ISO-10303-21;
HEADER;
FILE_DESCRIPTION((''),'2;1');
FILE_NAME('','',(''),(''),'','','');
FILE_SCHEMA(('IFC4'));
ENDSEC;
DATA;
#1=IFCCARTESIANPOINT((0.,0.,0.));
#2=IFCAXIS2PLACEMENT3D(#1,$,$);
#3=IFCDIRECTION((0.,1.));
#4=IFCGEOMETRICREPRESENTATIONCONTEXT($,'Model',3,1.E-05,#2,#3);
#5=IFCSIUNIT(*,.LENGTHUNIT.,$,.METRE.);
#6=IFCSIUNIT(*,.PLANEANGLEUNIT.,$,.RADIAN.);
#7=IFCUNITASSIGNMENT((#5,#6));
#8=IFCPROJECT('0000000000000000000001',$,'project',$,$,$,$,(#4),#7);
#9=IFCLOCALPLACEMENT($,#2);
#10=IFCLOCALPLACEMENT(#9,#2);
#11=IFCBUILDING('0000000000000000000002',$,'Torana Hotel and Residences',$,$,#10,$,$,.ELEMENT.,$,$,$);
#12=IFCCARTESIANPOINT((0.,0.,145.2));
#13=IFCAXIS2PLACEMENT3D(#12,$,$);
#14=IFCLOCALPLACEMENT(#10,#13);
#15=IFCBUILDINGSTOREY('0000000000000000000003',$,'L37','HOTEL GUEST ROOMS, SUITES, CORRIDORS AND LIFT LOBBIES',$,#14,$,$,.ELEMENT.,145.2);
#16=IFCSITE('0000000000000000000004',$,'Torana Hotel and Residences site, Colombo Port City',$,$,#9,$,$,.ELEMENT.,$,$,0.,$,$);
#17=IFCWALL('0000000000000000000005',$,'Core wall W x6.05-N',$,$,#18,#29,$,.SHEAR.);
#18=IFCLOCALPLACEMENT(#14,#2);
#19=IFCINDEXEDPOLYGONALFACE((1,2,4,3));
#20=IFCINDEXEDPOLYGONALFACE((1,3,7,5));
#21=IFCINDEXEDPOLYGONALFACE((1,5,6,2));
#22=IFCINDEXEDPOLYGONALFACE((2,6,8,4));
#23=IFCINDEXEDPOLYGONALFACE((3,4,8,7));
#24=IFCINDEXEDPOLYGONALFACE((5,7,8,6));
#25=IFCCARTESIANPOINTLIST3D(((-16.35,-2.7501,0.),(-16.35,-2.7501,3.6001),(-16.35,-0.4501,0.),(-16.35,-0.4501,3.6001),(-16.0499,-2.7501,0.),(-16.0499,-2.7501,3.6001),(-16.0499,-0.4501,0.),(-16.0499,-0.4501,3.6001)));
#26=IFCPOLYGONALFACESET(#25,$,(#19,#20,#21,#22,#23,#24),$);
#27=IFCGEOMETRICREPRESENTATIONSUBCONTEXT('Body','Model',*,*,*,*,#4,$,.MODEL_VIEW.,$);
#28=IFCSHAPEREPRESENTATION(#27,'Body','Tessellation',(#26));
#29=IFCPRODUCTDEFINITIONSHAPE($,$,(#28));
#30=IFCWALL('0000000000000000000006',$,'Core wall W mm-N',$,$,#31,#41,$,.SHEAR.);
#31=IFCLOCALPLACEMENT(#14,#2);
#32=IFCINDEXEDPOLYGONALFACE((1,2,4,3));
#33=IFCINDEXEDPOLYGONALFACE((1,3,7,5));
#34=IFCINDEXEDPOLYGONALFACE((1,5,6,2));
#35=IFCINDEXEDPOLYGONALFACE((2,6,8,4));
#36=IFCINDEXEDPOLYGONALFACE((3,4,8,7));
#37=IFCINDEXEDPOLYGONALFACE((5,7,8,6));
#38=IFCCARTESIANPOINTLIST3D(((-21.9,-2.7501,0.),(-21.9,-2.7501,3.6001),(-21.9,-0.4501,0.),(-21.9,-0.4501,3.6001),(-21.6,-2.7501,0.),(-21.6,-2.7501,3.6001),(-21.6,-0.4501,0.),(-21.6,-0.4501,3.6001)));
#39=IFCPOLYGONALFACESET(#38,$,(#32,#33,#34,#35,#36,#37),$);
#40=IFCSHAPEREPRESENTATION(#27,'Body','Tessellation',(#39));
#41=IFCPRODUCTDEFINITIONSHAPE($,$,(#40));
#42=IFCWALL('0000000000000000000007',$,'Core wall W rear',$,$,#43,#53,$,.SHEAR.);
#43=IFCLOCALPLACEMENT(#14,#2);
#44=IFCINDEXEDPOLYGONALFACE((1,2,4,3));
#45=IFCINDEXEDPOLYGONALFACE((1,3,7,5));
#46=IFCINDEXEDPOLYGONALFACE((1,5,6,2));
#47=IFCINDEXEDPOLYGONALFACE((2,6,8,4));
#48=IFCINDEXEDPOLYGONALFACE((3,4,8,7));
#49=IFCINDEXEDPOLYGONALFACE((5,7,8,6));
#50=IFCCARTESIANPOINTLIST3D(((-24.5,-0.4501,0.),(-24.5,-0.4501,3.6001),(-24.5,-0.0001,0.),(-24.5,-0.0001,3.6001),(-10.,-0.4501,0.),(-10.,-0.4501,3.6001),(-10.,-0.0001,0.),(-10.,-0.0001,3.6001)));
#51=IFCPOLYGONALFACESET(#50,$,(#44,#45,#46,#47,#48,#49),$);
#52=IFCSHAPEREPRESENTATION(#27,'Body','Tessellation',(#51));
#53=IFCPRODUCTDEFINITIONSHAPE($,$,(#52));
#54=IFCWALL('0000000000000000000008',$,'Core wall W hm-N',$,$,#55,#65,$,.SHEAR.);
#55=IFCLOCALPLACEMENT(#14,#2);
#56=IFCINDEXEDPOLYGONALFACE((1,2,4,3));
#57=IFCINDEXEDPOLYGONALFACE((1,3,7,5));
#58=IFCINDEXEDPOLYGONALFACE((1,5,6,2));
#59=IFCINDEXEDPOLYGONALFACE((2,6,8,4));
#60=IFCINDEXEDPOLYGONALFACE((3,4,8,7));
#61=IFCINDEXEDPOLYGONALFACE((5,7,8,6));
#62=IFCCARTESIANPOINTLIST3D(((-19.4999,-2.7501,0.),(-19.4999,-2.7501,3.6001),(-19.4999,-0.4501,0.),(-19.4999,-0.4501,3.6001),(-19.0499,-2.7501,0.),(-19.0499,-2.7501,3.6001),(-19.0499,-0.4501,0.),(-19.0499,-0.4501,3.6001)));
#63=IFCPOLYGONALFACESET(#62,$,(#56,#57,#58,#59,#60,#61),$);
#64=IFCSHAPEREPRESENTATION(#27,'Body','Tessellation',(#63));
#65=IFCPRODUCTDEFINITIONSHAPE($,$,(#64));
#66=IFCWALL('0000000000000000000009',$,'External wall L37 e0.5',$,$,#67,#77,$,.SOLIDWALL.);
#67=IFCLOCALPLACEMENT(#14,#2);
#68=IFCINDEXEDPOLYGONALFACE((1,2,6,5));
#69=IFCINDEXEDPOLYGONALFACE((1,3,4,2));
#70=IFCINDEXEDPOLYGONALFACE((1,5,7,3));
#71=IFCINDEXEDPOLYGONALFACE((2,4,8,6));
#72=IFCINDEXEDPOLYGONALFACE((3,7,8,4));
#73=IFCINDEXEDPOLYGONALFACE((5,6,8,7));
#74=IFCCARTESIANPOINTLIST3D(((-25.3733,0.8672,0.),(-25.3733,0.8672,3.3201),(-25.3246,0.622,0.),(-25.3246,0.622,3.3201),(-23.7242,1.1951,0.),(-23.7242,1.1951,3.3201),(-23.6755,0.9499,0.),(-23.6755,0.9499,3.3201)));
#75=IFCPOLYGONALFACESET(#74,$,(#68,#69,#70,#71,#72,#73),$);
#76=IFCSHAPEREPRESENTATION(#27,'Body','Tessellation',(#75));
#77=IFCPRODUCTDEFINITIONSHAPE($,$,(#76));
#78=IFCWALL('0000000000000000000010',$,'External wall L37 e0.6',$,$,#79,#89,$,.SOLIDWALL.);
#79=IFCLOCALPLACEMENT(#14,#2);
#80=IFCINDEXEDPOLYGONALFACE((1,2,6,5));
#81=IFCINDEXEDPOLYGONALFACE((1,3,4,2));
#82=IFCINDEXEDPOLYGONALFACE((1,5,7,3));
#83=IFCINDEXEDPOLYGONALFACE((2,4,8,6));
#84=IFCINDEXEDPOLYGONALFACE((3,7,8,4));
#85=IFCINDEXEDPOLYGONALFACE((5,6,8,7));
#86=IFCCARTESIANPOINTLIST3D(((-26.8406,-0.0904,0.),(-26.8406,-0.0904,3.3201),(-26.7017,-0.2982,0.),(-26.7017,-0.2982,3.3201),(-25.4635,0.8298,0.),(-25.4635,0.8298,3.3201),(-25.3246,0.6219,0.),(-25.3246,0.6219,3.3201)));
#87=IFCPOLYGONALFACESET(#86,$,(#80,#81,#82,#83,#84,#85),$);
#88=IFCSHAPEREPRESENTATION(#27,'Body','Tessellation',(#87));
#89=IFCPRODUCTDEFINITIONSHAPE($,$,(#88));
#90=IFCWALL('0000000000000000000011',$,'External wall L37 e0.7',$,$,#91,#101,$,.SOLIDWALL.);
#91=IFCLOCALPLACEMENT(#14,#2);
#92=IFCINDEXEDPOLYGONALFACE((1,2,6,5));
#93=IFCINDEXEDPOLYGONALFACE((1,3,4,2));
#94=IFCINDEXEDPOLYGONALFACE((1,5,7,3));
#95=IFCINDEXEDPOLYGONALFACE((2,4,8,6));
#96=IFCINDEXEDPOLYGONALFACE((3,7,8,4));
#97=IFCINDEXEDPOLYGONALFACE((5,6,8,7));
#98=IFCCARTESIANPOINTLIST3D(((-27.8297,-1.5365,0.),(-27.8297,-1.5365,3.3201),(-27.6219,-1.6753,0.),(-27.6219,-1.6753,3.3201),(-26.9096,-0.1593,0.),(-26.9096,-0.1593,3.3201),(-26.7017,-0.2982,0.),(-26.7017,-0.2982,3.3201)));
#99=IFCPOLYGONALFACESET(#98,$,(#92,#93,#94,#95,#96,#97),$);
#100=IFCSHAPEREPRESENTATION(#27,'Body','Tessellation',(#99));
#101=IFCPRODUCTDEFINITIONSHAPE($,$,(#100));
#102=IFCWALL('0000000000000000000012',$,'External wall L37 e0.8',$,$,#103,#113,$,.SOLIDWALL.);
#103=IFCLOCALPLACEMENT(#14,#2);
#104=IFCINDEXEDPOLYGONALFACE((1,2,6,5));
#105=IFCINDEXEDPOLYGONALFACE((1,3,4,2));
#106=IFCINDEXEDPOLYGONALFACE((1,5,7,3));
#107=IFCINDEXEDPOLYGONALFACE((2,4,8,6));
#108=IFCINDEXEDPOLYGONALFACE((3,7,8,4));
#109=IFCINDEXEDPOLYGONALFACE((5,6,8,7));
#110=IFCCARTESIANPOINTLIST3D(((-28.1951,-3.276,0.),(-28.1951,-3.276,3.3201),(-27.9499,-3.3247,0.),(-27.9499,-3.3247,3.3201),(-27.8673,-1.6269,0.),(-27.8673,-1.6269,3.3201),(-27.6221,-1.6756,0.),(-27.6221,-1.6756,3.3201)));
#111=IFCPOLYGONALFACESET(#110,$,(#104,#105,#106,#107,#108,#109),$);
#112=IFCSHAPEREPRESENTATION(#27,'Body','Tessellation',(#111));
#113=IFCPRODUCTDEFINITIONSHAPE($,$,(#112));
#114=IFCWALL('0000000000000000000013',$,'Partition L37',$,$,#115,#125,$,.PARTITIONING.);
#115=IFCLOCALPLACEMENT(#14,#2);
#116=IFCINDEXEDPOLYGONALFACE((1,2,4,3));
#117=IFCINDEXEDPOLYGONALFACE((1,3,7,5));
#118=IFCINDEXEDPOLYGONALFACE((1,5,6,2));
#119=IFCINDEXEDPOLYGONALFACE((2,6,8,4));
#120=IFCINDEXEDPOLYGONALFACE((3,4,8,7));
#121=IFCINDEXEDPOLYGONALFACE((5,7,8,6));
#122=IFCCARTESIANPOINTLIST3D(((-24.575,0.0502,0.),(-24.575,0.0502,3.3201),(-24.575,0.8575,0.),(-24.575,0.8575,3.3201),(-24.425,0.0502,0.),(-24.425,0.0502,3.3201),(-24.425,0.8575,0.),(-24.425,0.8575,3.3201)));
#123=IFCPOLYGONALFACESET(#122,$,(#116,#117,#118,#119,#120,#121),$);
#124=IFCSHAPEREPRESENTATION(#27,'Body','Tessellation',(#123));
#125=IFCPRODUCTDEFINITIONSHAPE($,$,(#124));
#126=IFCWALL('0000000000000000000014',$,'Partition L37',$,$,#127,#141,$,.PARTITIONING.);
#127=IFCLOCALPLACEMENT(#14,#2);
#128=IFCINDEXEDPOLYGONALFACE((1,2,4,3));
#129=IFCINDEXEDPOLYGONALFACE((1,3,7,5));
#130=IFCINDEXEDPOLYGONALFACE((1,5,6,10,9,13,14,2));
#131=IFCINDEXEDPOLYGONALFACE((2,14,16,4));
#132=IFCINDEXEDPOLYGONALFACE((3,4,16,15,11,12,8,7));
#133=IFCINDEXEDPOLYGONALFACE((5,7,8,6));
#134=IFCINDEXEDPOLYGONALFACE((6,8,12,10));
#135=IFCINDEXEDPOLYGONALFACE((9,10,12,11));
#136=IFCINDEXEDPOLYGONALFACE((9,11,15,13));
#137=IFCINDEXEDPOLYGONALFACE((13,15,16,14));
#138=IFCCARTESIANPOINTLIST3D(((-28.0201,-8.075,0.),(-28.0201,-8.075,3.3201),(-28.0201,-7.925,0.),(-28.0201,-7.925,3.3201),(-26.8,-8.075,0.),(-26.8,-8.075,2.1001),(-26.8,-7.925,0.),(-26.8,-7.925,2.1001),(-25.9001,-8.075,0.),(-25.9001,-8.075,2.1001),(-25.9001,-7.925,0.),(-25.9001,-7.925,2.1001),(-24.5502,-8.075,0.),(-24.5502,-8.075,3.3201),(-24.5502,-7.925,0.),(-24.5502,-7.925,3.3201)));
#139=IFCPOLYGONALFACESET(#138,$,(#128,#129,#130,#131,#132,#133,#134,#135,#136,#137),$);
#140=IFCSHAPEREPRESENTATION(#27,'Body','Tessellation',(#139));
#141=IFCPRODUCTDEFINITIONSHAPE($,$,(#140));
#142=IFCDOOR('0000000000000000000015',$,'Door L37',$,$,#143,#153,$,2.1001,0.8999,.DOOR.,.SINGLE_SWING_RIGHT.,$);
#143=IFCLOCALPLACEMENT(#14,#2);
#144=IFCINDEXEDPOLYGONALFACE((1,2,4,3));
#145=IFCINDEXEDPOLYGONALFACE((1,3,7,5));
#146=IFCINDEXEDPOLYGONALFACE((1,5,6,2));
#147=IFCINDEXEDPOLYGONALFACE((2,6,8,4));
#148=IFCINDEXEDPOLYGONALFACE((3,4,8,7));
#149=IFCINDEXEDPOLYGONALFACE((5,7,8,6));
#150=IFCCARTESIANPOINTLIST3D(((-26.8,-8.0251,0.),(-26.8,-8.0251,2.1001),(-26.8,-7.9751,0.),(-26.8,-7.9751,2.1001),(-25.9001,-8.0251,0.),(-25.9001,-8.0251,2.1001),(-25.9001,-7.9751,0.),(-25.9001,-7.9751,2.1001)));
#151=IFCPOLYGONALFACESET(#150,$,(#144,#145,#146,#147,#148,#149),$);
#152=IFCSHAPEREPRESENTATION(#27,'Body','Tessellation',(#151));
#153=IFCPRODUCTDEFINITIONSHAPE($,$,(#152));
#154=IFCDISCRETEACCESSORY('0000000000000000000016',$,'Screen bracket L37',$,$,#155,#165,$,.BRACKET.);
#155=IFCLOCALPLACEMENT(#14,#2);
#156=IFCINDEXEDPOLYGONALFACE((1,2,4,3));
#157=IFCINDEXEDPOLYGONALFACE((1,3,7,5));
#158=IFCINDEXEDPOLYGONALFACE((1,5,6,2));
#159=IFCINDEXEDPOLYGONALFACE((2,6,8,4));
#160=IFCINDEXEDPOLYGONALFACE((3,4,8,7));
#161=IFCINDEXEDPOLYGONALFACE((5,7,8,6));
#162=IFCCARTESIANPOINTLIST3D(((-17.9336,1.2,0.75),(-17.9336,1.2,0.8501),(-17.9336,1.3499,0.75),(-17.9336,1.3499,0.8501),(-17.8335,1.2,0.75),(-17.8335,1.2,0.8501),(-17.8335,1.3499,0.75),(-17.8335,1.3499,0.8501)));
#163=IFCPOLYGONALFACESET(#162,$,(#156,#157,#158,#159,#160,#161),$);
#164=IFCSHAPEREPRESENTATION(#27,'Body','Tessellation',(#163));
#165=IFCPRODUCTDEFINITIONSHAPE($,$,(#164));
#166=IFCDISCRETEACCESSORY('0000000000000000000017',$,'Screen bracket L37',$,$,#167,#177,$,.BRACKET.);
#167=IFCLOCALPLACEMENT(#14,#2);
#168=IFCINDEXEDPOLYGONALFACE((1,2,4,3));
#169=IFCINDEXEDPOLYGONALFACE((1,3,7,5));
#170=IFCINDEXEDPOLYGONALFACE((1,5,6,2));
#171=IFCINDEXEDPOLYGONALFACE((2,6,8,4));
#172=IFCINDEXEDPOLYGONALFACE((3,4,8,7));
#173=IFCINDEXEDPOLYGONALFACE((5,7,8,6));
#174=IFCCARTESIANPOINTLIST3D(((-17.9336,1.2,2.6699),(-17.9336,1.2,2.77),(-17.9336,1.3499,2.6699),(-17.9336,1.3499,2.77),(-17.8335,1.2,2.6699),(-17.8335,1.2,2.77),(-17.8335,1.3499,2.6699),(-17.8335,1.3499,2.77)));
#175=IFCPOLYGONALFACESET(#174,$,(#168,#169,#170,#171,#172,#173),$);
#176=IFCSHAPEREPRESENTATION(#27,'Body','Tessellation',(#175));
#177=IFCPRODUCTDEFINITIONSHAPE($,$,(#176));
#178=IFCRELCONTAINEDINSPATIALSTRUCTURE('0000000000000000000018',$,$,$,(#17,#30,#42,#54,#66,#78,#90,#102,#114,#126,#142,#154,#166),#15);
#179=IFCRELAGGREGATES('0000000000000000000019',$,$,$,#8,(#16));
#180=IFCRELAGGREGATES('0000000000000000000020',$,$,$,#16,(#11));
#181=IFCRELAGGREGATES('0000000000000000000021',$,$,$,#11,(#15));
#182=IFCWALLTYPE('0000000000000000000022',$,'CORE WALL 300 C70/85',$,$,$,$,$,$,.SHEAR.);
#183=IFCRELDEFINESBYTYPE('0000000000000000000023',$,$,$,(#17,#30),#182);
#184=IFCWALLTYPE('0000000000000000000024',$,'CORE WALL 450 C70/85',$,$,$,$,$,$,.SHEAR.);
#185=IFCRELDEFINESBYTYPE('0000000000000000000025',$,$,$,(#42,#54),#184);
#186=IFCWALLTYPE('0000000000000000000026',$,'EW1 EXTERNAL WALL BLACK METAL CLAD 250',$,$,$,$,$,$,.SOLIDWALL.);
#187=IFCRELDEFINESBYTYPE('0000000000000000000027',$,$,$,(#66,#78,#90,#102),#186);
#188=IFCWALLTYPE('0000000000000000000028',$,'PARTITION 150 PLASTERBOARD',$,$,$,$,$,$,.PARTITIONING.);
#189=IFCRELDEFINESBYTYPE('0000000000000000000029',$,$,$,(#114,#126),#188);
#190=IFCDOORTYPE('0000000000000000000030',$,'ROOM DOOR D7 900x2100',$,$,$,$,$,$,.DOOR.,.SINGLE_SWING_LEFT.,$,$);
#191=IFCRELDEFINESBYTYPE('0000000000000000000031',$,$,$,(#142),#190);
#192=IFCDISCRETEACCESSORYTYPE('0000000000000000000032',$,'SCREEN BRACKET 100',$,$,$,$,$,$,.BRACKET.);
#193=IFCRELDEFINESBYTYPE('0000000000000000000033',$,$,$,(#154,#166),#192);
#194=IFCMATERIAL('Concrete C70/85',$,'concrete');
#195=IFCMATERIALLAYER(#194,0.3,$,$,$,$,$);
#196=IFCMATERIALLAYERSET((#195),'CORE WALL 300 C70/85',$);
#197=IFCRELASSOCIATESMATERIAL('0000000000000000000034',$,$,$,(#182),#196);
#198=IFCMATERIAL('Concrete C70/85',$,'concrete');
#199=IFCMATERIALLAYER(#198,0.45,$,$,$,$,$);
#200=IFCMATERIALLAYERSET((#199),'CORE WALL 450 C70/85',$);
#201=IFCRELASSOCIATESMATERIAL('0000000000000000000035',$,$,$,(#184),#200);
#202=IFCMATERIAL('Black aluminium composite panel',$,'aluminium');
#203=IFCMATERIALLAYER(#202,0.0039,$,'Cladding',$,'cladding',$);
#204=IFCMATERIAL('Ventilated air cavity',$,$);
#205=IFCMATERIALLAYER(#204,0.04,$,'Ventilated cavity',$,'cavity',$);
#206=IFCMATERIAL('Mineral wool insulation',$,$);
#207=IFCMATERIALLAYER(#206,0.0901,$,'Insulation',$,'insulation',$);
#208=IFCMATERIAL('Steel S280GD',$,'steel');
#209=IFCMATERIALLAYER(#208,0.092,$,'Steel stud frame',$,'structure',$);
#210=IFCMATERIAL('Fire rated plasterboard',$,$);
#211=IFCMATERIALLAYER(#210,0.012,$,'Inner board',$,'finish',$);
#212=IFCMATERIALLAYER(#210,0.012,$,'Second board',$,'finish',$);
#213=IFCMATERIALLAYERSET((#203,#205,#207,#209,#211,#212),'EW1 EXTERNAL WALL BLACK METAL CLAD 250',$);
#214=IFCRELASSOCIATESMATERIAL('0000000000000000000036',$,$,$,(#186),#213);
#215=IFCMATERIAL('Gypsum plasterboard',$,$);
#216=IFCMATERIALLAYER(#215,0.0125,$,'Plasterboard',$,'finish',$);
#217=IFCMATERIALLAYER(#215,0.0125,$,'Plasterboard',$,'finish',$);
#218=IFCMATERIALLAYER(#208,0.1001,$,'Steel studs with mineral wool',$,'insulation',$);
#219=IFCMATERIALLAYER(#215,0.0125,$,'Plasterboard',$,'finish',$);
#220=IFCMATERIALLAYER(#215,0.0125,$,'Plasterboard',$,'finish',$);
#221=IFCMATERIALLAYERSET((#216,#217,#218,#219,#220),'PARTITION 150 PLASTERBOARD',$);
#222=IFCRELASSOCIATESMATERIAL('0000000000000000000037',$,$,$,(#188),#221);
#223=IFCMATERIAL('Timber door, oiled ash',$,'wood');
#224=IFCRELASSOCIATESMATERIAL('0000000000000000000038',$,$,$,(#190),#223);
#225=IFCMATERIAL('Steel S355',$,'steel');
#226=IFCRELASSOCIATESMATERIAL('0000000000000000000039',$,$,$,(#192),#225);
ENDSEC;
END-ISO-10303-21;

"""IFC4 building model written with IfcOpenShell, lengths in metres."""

from ifc_helpers import new_model, si_unit, direction, frame, frame_2d, origin, origin_2d, place, context, subcontext, project, spatial, rectangle, extrude, material, layer, layer_set, type_object, element, fill, save


model = new_model("IFC4")

# Units and contexts
model_context = context("Model", 3, precision=1e-05, world=origin(), true_north=direction((0.0, 1.0)))
body_context = subcontext(model_context, "Body", "Model", "MODEL_VIEW")
ifc_project = project(units=[si_unit("LENGTHUNIT", "METRE"), si_unit("PLANEANGLEUNIT", "RADIAN")], contexts=[model_context])

# Site, building, storey
site_placement = place(None, origin())
site = spatial("IfcSite", under=ifc_project, at=site_placement, Name="Torana Hotel and Residences site, Colombo Port City", CompositionType="ELEMENT", RefElevation=0.0)
building_placement = place(site_placement, origin())
building = spatial("IfcBuilding", under=site, at=building_placement, Name="Torana Hotel and Residences", CompositionType="ELEMENT")
storey_placement = place(building_placement, frame((0.0, 0.0, 145.2)))
storey = spatial("IfcBuildingStorey", under=building, at=storey_placement, Name="L37", Description="HOTEL GUEST ROOMS, SUITES, CORRIDORS AND LIFT LOBBIES", CompositionType="ELEMENT", Elevation=145.2)

# Shared definitions
ifc_material_1 = material(Name="Concrete C70/85", Category="concrete")
ifc_layer_1 = layer(ifc_material_1, 0.3)
ifc_layer_set_1 = layer_set([ifc_layer_1], Name="CORE WALL 300 C70/85")
wall_type_1 = type_object("IfcWallType", Name="CORE WALL 300 C70/85", PredefinedType="SHEAR", material=ifc_layer_set_1)

# Walls
for number, where, z_axis, x_axis, name in (
    (1, (-16.2, -2.75, 0.0), (0.0, 0.0, 1.0), (0.0, 1.0, 0.0), "Core wall W x6.05-N"),
    (2, (-21.75, -2.75, 0.0), (0.0, 0.0, 1.0), (0.0, 1.0, 0.0), "Core wall W mm-N"),
):
    element("IfcWall", number, at=place(storey_placement, frame(where, z_axis=z_axis, x_axis=x_axis)), inside=storey, type_object=wall_type_1, Name=name, PredefinedType="SHEAR", context=body_context, shape_type="SweptSolid", body=[
        extrude(rectangle(XDim=2.3, YDim=0.3, at=frame_2d((1.1499, 0.0))), origin(), (0.0, 0.0, 1.0), 3.6001),
    ])
ifc_material_2 = material(Name="Concrete C70/85", Category="concrete")
ifc_layer_2 = layer(ifc_material_2, 0.45)
ifc_layer_set_2 = layer_set([ifc_layer_2], Name="CORE WALL 450 C70/85")
wall_type_2 = type_object("IfcWallType", Name="CORE WALL 450 C70/85", PredefinedType="SHEAR", material=ifc_layer_set_2)
wall_1_placement = place(storey_placement, frame((-24.5, -0.2251, 0.0), z_axis=(0.0, 0.0, 1.0), x_axis=(1.0, 0.0, 0.0)))
element("IfcWall", 3, at=wall_1_placement, inside=storey, type_object=wall_type_2, Name="Core wall W rear", PredefinedType="SHEAR", context=body_context, shape_type="SweptSolid", body=[
    extrude(rectangle(XDim=14.5, YDim=0.45, at=frame_2d((7.25, 0.0))), origin(), (0.0, 0.0, 1.0), 3.6001),
])
wall_2_placement = place(storey_placement, frame((-19.2749, -2.75, 0.0), z_axis=(0.0, 0.0, 1.0), x_axis=(0.0, 1.0, 0.0)))
element("IfcWall", 4, at=wall_2_placement, inside=storey, type_object=wall_type_2, Name="Core wall W hm-N", PredefinedType="SHEAR", context=body_context, shape_type="SweptSolid", body=[
    extrude(rectangle(XDim=2.3, YDim=0.45, at=frame_2d((1.1499, 0.0))), origin(), (0.0, 0.0, 1.0), 3.6001),
])
ifc_material_3 = material(Name="Black aluminium composite panel", Category="aluminium")
ifc_layer_3 = layer(ifc_material_3, 0.0039, Name="Cladding", Category="cladding")
ifc_material_4 = material(Name="Ventilated air cavity")
ifc_layer_4 = layer(ifc_material_4, 0.04, Name="Ventilated cavity", Category="cavity")
ifc_material_5 = material(Name="Mineral wool insulation")
ifc_layer_5 = layer(ifc_material_5, 0.0901, Name="Insulation", Category="insulation")
ifc_material_6 = material(Name="Steel S280GD", Category="steel")
ifc_layer_6 = layer(ifc_material_6, 0.092, Name="Steel stud frame", Category="structure")
ifc_material_7 = material(Name="Fire rated plasterboard")
ifc_layer_7 = layer(ifc_material_7, 0.012, Name="Inner board", Category="finish")
ifc_layer_8 = layer(ifc_material_7, 0.012, Name="Second board", Category="finish")
ifc_layer_set_3 = layer_set([ifc_layer_3, ifc_layer_4, ifc_layer_5, ifc_layer_6, ifc_layer_7, ifc_layer_8], Name="EW1 EXTERNAL WALL BLACK METAL CLAD 250")
wall_type_3 = type_object("IfcWallType", Name="EW1 EXTERNAL WALL BLACK METAL CLAD 250", PredefinedType="SOLIDWALL", material=ifc_layer_set_3)
wall_3_placement = place(storey_placement, frame((-23.6997, 1.0725, 0.0), z_axis=(0.0, 0.0, 1.0), x_axis=(-0.980803, -0.194999, 0.0)))
element("IfcWall", 5, at=wall_3_placement, inside=storey, type_object=wall_type_3, Name="External wall L37 e0.5", PredefinedType="SOLIDWALL", context=body_context, shape_type="SweptSolid", body=[
    extrude(rectangle(XDim=1.6814, YDim=0.25, at=frame_2d((0.8408, 0.0))), origin(), (0.0, 0.0, 1.0), 3.3201),
])
for number, where, z_axis, x_axis, name in (
    (6, (-25.394, 0.7258, 0.0), (0.0, 0.0, 1.0), (-0.831483, -0.55555, 0.0), "External wall L37 e0.6"),
    (7, (-26.8057, -0.2288, 0.0), (0.0, 0.0, 1.0), (-0.55555, -0.831483, 0.0), "External wall L37 e0.7"),
):
    element("IfcWall", number, at=place(storey_placement, frame(where, z_axis=z_axis, x_axis=x_axis)), inside=storey, type_object=wall_type_3, Name=name, PredefinedType="SOLIDWALL", context=body_context, shape_type="SweptSolid", body=[
        extrude(rectangle(XDim=1.6562, YDim=0.25, at=frame_2d((0.8281, 0.0))), origin(), (0.0, 0.0, 1.0), 3.3201),
    ])
wall_4_placement = place(storey_placement, frame((-27.7446, -1.6511, 0.0), z_axis=(0.0, 0.0, 1.0), x_axis=(-0.194999, -0.980803, 0.0)))
element("IfcWall", 8, at=wall_4_placement, inside=storey, type_object=wall_type_3, Name="External wall L37 e0.8", PredefinedType="SOLIDWALL", context=body_context, shape_type="SweptSolid", body=[
    extrude(rectangle(XDim=1.6814, YDim=0.25, at=frame_2d((0.8408, 0.0))), origin(), (0.0, 0.0, 1.0), 3.3201),
])

# Wall
ifc_material_8 = material(Name="Gypsum plasterboard")
ifc_layer_9 = layer(ifc_material_8, 0.0125, Name="Plasterboard", Category="finish")
ifc_layer_10 = layer(ifc_material_8, 0.0125, Name="Plasterboard", Category="finish")
ifc_layer_11 = layer(ifc_material_6, 0.1001, Name="Steel studs with mineral wool", Category="insulation")
ifc_layer_12 = layer(ifc_material_8, 0.0125, Name="Plasterboard", Category="finish")
ifc_layer_13 = layer(ifc_material_8, 0.0125, Name="Plasterboard", Category="finish")
ifc_layer_set_4 = layer_set([ifc_layer_9, ifc_layer_10, ifc_layer_11, ifc_layer_12, ifc_layer_13], Name="PARTITION 150 PLASTERBOARD")
wall_type_4 = type_object("IfcWallType", Name="PARTITION 150 PLASTERBOARD", PredefinedType="PARTITIONING", material=ifc_layer_set_4)
wall_5_placement = place(storey_placement, frame((-24.5, 0.05, 0.0), z_axis=(0.0, 0.0, 1.0), x_axis=(0.0, 1.0, 0.0)))
element("IfcWall", 9, at=wall_5_placement, inside=storey, type_object=wall_type_4, Name="Partition L37", PredefinedType="PARTITIONING", context=body_context, shape_type="SweptSolid", body=[
    extrude(rectangle(XDim=0.8074, YDim=0.1499, at=frame_2d((0.4038, 0.0))), origin(), (0.0, 0.0, 1.0), 3.3201),
])

# Wall, opening, door
wall_6_placement = place(storey_placement, frame((-28.02, -8.0, 0.0), z_axis=(0.0, 0.0, 1.0), x_axis=(1.0, 0.0, 0.0)))
wall_6 = element("IfcWall", 10, at=wall_6_placement, inside=storey, type_object=wall_type_4, Name="Partition L37", PredefinedType="PARTITIONING", context=body_context, shape_type="SweptSolid", body=[
    extrude(rectangle(XDim=3.47, YDim=0.1499, at=frame_2d((1.7349, 0.0))), origin(), (0.0, 0.0, 1.0), 3.3201),
])
opening_1_placement = place(wall_6_placement, frame((1.22, 0.0, 0.0)))
opening_1 = element("IfcOpeningElement", 11, at=opening_1_placement, cuts=wall_6, PredefinedType="OPENING", context=body_context, shape_type="SweptSolid", body=[
    extrude(rectangle(XDim=0.8999, YDim=2.1001, at=frame_2d((0.45, 1.05))), frame((0.0, 0.085, 0.0), z_axis=(0.0, -1.0, 0.0), x_axis=(1.0, 0.0, 0.0)), (0.0, 0.0, 1.0), 0.1699),
])
ifc_material_9 = material(Name="Timber door, oiled ash", Category="wood")
door_type_1 = type_object("IfcDoorType", Name="ROOM DOOR D7 900x2100", OperationType="SINGLE_SWING_LEFT", PredefinedType="DOOR", material=ifc_material_9)
door_1_placement = place(opening_1_placement, origin())
door_1 = element("IfcDoor", 12, at=door_1_placement, inside=storey, type_object=door_type_1, Name="Door L37", OperationType="SINGLE_SWING_RIGHT", OverallHeight=2.1001, OverallWidth=0.8999, PredefinedType="DOOR", context=body_context, shape_type="SweptSolid", body=[
    extrude(rectangle(XDim=0.8999, YDim=2.1001, at=frame_2d((0.45, 1.05))), frame((0.0, 0.0249, 0.0), z_axis=(0.0, -1.0, 0.0), x_axis=(1.0, 0.0, 0.0)), (0.0, 0.0, 1.0), 0.05),
])
fill(opening_1, door_1)

# Discrete accessories
ifc_material_10 = material(Name="Steel S355", Category="steel")
discrete_accessory_type = type_object("IfcDiscreteAccessoryType", Name="SCREEN BRACKET 100", PredefinedType="BRACKET", material=ifc_material_10)
for number, where, z_axis, x_axis, name in (
    (13, (-17.8835, 1.2749, 0.75), (0.0, 0.0, 1.0), (-1.0, 0.0, 0.0), "Screen bracket L37"),
    (14, (-17.8835, 1.2749, 2.6699), (0.0, 0.0, 1.0), (-1.0, 0.0, 0.0), "Screen bracket L37"),
):
    element("IfcDiscreteAccessory", number, at=place(storey_placement, frame(where, z_axis=z_axis, x_axis=x_axis)), inside=storey, type_object=discrete_accessory_type, Name=name, PredefinedType="BRACKET", context=body_context, shape_type="SweptSolid", body=[
        extrude(rectangle(XDim=0.1001, YDim=0.1499, at=origin_2d()), origin(), (0.0, 0.0, 1.0), 0.1001),
    ])

save(model, "model.ifc")
